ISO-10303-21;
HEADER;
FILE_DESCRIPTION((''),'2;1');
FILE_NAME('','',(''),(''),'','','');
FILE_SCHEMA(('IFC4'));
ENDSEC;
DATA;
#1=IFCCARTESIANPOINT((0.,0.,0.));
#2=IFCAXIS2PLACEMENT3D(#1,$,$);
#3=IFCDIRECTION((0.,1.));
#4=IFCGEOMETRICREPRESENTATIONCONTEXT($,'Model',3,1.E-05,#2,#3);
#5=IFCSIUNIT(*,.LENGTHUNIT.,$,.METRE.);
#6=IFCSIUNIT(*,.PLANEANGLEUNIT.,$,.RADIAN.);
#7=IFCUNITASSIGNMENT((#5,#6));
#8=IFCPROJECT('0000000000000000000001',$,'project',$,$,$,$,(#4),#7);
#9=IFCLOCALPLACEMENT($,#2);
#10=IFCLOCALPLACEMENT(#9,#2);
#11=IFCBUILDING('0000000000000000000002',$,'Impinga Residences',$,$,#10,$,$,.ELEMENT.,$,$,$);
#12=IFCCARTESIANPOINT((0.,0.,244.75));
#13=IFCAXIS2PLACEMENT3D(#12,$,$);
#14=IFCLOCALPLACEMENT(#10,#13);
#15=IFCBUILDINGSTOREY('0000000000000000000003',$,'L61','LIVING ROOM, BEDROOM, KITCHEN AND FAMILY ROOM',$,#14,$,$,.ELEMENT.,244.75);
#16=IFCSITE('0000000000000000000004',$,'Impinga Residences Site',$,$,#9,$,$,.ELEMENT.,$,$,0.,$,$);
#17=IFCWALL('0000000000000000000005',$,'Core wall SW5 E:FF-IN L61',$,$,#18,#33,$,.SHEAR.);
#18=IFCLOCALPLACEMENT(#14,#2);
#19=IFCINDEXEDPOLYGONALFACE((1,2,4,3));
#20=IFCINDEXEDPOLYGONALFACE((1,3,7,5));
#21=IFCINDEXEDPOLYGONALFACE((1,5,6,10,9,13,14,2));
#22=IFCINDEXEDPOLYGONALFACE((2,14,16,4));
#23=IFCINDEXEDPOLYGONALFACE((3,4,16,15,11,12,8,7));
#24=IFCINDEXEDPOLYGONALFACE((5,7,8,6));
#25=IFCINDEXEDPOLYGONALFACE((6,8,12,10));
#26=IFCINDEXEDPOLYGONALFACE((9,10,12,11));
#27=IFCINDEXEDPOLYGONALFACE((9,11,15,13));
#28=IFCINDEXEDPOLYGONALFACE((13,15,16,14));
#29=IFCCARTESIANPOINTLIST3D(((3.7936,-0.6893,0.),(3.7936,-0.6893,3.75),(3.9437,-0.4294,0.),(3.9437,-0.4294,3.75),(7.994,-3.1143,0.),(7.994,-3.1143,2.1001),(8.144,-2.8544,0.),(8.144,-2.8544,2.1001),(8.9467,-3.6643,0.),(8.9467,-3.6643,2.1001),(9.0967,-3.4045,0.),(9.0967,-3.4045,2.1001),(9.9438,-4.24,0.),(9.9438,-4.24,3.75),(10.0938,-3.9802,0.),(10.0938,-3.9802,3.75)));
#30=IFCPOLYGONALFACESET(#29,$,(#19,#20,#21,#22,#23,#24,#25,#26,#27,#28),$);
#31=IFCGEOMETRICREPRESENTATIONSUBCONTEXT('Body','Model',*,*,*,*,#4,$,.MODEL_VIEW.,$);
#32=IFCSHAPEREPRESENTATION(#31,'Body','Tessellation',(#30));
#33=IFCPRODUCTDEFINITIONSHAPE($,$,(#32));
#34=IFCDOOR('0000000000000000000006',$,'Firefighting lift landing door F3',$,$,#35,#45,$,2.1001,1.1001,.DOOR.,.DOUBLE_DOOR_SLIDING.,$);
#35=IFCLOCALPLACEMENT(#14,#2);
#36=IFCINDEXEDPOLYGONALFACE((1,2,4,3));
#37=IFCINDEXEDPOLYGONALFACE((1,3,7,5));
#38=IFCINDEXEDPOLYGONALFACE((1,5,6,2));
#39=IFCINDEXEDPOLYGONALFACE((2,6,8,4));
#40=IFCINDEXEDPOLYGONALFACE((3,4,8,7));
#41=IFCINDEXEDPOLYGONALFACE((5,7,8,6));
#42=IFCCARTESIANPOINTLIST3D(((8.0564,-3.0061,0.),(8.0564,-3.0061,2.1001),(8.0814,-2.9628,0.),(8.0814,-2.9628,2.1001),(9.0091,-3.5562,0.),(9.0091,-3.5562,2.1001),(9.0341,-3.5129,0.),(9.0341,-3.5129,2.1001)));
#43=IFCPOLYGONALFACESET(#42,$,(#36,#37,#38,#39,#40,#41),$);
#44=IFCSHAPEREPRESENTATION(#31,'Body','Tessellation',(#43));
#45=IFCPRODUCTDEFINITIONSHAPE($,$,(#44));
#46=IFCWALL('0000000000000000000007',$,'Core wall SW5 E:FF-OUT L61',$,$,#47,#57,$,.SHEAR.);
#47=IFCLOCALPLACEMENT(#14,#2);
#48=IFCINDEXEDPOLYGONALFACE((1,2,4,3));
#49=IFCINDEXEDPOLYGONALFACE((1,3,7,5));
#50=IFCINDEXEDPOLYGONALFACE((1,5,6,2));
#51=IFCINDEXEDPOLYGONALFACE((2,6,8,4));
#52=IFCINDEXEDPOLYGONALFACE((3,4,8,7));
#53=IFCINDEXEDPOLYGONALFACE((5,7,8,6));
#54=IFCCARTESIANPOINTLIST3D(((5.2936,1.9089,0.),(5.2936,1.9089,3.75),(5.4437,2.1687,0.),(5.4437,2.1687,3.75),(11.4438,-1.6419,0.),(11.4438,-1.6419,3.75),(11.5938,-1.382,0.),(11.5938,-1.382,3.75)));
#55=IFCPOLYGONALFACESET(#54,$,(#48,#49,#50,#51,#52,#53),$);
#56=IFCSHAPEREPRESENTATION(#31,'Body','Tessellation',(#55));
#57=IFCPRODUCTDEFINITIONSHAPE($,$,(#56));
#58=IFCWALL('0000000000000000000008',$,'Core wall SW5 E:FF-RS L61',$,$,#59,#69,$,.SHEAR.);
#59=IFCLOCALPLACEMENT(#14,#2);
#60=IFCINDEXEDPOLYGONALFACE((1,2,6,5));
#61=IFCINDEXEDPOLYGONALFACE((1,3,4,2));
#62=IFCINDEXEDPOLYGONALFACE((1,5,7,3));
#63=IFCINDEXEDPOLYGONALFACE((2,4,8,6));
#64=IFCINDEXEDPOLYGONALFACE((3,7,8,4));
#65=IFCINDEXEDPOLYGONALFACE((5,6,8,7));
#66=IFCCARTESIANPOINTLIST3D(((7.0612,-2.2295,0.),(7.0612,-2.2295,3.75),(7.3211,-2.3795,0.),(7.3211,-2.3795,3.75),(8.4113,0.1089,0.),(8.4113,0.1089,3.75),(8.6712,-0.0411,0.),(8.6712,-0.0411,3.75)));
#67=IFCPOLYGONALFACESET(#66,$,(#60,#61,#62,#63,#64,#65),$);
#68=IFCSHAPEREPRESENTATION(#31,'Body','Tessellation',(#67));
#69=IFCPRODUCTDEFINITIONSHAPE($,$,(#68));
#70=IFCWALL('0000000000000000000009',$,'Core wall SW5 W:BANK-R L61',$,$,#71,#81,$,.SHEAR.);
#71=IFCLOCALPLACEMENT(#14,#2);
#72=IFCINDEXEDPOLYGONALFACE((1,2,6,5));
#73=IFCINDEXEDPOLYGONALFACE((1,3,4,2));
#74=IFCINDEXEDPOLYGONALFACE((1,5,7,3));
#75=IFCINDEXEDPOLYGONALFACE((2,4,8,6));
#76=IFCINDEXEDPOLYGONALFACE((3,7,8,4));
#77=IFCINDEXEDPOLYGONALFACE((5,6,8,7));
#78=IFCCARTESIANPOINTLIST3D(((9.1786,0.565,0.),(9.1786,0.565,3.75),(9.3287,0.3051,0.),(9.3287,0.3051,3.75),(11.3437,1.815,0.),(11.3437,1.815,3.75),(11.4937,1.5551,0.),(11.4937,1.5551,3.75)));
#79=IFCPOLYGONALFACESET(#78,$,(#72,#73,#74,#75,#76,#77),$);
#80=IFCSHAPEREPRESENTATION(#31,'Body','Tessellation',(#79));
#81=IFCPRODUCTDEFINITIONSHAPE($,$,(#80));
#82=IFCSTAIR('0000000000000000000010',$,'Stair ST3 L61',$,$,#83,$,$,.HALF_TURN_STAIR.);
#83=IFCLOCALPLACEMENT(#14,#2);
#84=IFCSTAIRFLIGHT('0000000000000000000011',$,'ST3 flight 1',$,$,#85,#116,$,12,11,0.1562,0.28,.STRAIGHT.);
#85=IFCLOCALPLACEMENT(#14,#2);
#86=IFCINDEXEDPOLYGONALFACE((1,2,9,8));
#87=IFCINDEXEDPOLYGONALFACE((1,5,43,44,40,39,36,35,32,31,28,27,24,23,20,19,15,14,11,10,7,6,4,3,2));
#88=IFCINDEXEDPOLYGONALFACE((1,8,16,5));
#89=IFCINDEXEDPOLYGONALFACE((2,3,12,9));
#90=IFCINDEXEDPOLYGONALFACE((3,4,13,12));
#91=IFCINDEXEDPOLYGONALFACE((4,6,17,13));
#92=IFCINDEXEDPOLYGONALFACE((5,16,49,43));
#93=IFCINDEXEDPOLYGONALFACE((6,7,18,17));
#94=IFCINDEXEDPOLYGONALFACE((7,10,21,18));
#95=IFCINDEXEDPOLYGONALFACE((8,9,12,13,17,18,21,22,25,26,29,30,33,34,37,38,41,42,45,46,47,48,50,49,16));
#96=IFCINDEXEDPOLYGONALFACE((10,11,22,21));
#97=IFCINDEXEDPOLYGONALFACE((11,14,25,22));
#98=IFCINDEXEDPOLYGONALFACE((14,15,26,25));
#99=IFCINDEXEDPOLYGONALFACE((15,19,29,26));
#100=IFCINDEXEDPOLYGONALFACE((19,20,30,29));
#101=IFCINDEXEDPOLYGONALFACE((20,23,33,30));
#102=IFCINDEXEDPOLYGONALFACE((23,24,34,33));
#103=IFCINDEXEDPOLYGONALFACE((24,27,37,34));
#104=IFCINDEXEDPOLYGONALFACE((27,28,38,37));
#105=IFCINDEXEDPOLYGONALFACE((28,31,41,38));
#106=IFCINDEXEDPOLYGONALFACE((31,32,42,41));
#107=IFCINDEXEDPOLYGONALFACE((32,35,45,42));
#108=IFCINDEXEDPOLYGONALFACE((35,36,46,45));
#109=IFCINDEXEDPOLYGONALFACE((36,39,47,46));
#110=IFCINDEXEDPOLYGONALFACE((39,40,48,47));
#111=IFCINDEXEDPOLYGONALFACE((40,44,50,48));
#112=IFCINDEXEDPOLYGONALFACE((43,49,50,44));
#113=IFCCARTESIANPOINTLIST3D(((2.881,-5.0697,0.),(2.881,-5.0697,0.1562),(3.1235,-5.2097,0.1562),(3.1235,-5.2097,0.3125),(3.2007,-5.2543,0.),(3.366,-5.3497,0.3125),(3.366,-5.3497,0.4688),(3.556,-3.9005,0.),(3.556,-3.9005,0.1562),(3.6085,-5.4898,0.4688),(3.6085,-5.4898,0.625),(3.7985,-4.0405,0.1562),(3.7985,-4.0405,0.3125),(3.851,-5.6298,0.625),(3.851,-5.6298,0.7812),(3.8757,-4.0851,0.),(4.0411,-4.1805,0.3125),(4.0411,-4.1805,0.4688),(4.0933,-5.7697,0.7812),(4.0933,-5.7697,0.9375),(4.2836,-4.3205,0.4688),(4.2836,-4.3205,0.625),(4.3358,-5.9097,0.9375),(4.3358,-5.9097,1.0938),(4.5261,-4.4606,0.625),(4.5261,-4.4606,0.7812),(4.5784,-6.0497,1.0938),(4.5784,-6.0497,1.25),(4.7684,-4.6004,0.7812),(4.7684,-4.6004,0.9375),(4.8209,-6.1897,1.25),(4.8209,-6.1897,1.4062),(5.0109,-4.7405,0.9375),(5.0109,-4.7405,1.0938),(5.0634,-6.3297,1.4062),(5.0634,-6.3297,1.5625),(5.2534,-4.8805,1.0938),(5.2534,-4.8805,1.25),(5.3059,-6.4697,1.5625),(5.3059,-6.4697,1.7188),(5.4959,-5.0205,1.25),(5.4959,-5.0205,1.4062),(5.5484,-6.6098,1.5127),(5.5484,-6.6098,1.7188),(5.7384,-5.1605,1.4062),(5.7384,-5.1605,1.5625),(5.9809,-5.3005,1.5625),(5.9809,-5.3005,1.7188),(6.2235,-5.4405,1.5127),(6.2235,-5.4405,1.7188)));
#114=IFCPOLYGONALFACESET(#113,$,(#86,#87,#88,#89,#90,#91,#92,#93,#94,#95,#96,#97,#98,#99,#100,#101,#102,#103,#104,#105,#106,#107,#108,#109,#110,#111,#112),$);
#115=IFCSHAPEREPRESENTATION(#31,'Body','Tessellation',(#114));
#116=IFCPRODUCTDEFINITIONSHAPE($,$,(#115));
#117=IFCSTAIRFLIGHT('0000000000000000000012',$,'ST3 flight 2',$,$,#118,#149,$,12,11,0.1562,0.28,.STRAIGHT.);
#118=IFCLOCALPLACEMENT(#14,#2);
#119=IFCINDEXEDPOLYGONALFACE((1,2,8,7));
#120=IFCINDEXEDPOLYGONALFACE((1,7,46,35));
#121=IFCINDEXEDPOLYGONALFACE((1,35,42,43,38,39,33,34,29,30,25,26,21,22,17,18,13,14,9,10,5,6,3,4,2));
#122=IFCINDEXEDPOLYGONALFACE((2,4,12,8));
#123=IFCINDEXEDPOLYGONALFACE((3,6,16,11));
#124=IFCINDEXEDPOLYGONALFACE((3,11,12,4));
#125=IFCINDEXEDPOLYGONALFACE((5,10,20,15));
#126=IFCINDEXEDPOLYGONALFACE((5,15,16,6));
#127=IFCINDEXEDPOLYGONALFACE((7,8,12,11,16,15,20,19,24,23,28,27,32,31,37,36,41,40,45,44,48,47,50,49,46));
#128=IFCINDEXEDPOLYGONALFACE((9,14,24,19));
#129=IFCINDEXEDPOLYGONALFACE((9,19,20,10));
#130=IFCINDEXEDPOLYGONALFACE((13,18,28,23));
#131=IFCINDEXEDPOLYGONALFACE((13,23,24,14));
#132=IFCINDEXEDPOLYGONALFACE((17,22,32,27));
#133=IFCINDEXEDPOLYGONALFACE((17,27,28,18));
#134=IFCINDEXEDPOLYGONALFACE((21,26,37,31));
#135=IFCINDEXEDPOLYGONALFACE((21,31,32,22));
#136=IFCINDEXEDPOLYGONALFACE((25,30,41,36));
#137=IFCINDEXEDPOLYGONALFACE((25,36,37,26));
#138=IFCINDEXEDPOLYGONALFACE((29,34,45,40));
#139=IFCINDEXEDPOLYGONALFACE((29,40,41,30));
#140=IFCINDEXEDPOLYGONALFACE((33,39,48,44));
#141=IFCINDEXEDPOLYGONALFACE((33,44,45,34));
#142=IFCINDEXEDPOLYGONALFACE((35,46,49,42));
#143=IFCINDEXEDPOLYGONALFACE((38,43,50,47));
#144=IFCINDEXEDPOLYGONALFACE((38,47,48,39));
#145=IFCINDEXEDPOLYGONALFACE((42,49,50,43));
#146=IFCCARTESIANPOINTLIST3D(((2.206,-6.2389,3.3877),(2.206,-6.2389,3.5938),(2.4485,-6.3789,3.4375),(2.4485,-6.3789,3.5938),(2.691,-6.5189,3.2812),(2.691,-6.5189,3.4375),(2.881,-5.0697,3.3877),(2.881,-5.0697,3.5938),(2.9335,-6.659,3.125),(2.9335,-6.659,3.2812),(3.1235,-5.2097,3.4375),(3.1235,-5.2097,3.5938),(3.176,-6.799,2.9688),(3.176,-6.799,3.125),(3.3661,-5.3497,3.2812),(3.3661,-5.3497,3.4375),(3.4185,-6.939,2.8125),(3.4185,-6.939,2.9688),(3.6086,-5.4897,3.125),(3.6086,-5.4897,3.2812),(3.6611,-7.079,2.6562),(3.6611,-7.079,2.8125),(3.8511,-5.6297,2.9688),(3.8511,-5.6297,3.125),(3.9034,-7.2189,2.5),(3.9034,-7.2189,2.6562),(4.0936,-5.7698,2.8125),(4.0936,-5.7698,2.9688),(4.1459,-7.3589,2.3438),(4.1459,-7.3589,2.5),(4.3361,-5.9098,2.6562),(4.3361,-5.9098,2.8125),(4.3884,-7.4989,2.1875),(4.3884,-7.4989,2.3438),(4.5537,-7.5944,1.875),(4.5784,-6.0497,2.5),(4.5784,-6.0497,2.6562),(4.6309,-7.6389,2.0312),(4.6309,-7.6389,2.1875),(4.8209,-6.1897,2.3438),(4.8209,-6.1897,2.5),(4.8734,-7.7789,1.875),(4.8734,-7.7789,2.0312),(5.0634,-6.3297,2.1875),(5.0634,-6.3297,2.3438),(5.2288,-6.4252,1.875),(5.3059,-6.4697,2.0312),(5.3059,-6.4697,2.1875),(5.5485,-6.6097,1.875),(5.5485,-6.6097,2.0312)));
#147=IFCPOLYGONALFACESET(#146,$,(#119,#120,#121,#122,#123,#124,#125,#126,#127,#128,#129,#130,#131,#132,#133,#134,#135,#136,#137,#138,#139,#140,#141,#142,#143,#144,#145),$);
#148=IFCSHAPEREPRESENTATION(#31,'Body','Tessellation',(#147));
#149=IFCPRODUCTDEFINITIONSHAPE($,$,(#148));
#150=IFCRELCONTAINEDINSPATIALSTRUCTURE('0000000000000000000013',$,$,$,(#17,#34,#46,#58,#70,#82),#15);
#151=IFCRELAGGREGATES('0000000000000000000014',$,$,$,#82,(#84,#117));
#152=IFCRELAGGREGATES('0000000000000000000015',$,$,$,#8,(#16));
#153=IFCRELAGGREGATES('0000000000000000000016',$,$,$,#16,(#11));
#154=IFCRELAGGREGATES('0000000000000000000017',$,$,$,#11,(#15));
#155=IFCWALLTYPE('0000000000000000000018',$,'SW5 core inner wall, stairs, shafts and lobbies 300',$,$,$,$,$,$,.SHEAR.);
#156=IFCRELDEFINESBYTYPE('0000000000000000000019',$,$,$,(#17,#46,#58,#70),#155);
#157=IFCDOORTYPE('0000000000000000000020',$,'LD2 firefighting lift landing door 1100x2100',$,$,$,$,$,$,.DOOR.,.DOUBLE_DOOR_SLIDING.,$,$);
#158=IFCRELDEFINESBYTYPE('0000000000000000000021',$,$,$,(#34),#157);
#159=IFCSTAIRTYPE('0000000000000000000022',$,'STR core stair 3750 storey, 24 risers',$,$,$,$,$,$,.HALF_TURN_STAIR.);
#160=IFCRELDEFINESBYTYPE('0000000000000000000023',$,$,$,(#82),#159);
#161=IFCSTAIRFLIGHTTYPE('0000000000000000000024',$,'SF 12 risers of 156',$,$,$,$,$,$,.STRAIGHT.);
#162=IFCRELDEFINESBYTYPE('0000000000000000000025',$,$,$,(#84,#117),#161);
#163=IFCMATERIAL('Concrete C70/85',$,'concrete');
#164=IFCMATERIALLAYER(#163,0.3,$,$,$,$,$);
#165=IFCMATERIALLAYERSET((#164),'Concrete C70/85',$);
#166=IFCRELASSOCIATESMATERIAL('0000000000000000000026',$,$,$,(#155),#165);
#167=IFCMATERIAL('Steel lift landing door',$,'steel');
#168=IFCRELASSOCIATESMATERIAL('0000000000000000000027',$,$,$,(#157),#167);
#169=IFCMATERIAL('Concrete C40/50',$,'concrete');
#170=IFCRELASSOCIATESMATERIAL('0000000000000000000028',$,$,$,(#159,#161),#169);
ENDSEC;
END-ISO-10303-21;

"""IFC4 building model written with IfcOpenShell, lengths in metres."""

from ifc_helpers import new_model, si_unit, direction, frame, frame_2d, origin, place, context, subcontext, project, spatial, polyline, rectangle, outline, extrude, material, layer, layer_set, type_object, element, fill, aggregate, save


model = new_model("IFC4")

# Units and contexts
model_context = context("Model", 3, precision=1e-05, world=origin(), true_north=direction((0.0, 1.0)))
body_context = subcontext(model_context, "Body", "Model", "MODEL_VIEW")
ifc_project = project(units=[si_unit("LENGTHUNIT", "METRE"), si_unit("PLANEANGLEUNIT", "RADIAN")], contexts=[model_context])

# Site, building, storey
site_placement = place(None, origin())
site = spatial("IfcSite", under=ifc_project, at=site_placement, Name="Impinga Residences Site", CompositionType="ELEMENT", RefElevation=0.0)
building_placement = place(site_placement, origin())
building = spatial("IfcBuilding", under=site, at=building_placement, Name="Impinga Residences", CompositionType="ELEMENT")
storey_placement = place(building_placement, frame((0.0, 0.0, 244.75)))
storey = spatial("IfcBuildingStorey", under=building, at=storey_placement, Name="L61", Description="LIVING ROOM, BEDROOM, KITCHEN AND FAMILY ROOM", CompositionType="ELEMENT", Elevation=244.75)

# Shared definitions
ifc_material_1 = material(Name="Concrete C70/85", Category="concrete")
ifc_layer_1 = layer(ifc_material_1, 0.3)
ifc_layer_set_1 = layer_set([ifc_layer_1], Name="Concrete C70/85")
wall_type_1 = type_object("IfcWallType", Name="SW5 core inner wall, stairs, shafts and lobbies 300", PredefinedType="SHEAR", material=ifc_layer_set_1)

# Wall, opening, door
wall_1_placement = place(storey_placement, frame((3.8687, -0.5593, 0.0), z_axis=(0.0, 0.0, 1.0), x_axis=(0.866026, -0.499999, 0.0)))
wall_1 = element("IfcWall", 1, at=wall_1_placement, inside=storey, type_object=wall_type_1, Name="Core wall SW5 E:FF-IN L61", PredefinedType="SHEAR", context=body_context, shape_type="SweptSolid", body=[
    extrude(rectangle(XDim=7.1016, YDim=0.3, at=frame_2d((3.5508, 0.0))), origin(), (0.0, 0.0, 1.0), 3.75),
])
opening_1_placement = place(wall_1_placement, frame((4.8501, 0.0, 0.0)))
opening_1 = element("IfcOpeningElement", 2, at=opening_1_placement, cuts=wall_1, PredefinedType="OPENING", context=body_context, shape_type="SweptSolid", body=[
    extrude(rectangle(XDim=1.1001, YDim=2.1001, at=frame_2d((0.55, 1.05))), frame((0.0, 0.1599, 0.0), z_axis=(0.0, -1.0, 0.0), x_axis=(1.0, 0.0, 0.0)), (0.0, 0.0, 1.0), 0.3201),
])
ifc_material_2 = material(Name="Steel lift landing door", Category="steel")
door_type_1 = type_object("IfcDoorType", Name="LD2 firefighting lift landing door 1100x2100", OperationType="DOUBLE_DOOR_SLIDING", PredefinedType="DOOR", material=ifc_material_2)
door_1_placement = place(opening_1_placement, origin())
door_1 = element("IfcDoor", 3, at=door_1_placement, inside=storey, type_object=door_type_1, Name="Firefighting lift landing door F3", OperationType="DOUBLE_DOOR_SLIDING", OverallHeight=2.1001, OverallWidth=1.1001, PredefinedType="DOOR", context=body_context, shape_type="SweptSolid", body=[
    extrude(rectangle(XDim=1.1001, YDim=2.1001, at=frame_2d((0.55, 1.05))), frame((0.0, 0.0249, 0.0), z_axis=(0.0, -1.0, 0.0), x_axis=(1.0, 0.0, 0.0)), (0.0, 0.0, 1.0), 0.05),
])
fill(opening_1, door_1)

# Walls
wall_2_placement = place(storey_placement, frame((5.3687, 2.0388, 0.0), z_axis=(0.0, 0.0, 1.0), x_axis=(0.866026, -0.499999, 0.0)))
element("IfcWall", 4, at=wall_2_placement, inside=storey, type_object=wall_type_1, Name="Core wall SW5 E:FF-OUT L61", PredefinedType="SHEAR", context=body_context, shape_type="SweptSolid", body=[
    extrude(rectangle(XDim=7.1016, YDim=0.3, at=frame_2d((3.5508, 0.0))), origin(), (0.0, 0.0, 1.0), 3.75),
])
wall_3_placement = place(storey_placement, frame((8.5413, 0.0339, 0.0), z_axis=(0.0, 0.0, 1.0), x_axis=(-0.500009, -0.86602, 0.0)))
element("IfcWall", 5, at=wall_3_placement, inside=storey, type_object=wall_type_1, Name="Core wall SW5 E:FF-RS L61", PredefinedType="SHEAR", context=body_context, shape_type="SweptSolid", body=[
    extrude(rectangle(XDim=2.7002, YDim=0.3, at=frame_2d((1.3501, 0.0))), origin(), (0.0, 0.0, 1.0), 3.75),
])
wall_4_placement = place(storey_placement, frame((9.2537, 0.4351, 0.0), z_axis=(0.0, 0.0, 1.0), x_axis=(0.866023, 0.500004, 0.0)))
element("IfcWall", 6, at=wall_4_placement, inside=storey, type_object=wall_type_1, Name="Core wall SW5 W:BANK-R L61", PredefinedType="SHEAR", context=body_context, shape_type="SweptSolid", body=[
    extrude(rectangle(XDim=2.5, YDim=0.3, at=frame_2d((1.25, 0.0))), origin(), (0.0, 0.0, 1.0), 3.75),
])

# Stair, stair flights
ifc_material_3 = material(Name="Concrete C40/50", Category="concrete")
stair_type = type_object("IfcStairType", Name="STR core stair 3750 storey, 24 risers", PredefinedType="HALF_TURN_STAIR", material=ifc_material_3)
stair_placement = place(storey_placement, origin())
stair = element("IfcStair", 7, at=stair_placement, inside=storey, type_object=stair_type, Name="Stair ST3 L61", PredefinedType="HALF_TURN_STAIR")
stair_flight_type = type_object("IfcStairFlightType", Name="SF 12 risers of 156", PredefinedType="STRAIGHT", material=ifc_material_3)
stair_flight_1_placement = place(storey_placement, frame((3.2185, -4.4851, 0.0), z_axis=(0.0, 0.0, 1.0), x_axis=(0.866025, -0.5, 0.0)))
stair_flight_1 = element("IfcStairFlight", 8, at=stair_flight_1_placement, type_object=stair_flight_type, Name="ST3 flight 1", NumberOfRisers=12, NumberOfTreads=11, PredefinedType="STRAIGHT", RiserHeight=0.1562, TreadLength=0.28, context=body_context, shape_type="SweptSolid", body=[
    extrude(outline(polyline([(0.0, 0.0), (0.0, 0.1562), (0.28, 0.1562), (0.28, 0.3125), (0.5601, 0.3125), (0.5601, 0.4688), (0.8401, 0.4688), (0.8401, 0.625), (1.1201, 0.625), (1.1201, 0.7812), (1.3999, 0.7812), (1.3999, 0.9375), (1.6799, 0.9375), (1.6799, 1.0938), (1.96, 1.0938), (1.96, 1.25), (2.24, 1.25), (2.24, 1.4062), (2.52, 1.4062), (2.52, 1.5625), (2.8, 1.5625), (2.8, 1.7188), (3.0801, 1.7188), (3.0801, 1.875), (3.0801, 1.5127), (0.3691, 0.0), (0.0, 0.0)])), frame((0.0, 0.675, 0.0), z_axis=(0.0, -1.0, 0.0), x_axis=(1.0, 0.0, 0.0)), (0.0, 0.0, 1.0), 1.3501),
])
stair_flight_2_placement = place(storey_placement, frame((5.2109, -7.1943, 1.875), z_axis=(0.0, 0.0, 1.0), x_axis=(-0.866025, 0.5, 0.0)))
stair_flight_2 = element("IfcStairFlight", 9, at=stair_flight_2_placement, type_object=stair_flight_type, Name="ST3 flight 2", NumberOfRisers=12, NumberOfTreads=11, PredefinedType="STRAIGHT", RiserHeight=0.1562, TreadLength=0.28, context=body_context, shape_type="SweptSolid", body=[
    extrude(outline(polyline([(0.0, 0.0), (0.0, 0.1562), (0.28, 0.1562), (0.28, 0.3125), (0.5601, 0.3125), (0.5601, 0.4688), (0.8401, 0.4688), (0.8401, 0.625), (1.1201, 0.625), (1.1201, 0.7812), (1.3999, 0.7812), (1.3999, 0.9375), (1.6799, 0.9375), (1.6799, 1.0938), (1.96, 1.0938), (1.96, 1.25), (2.24, 1.25), (2.24, 1.4062), (2.52, 1.4062), (2.52, 1.5625), (2.8, 1.5625), (2.8, 1.7188), (3.0801, 1.7188), (3.0801, 1.875), (3.0801, 1.5127), (0.3691, 0.0), (0.0, 0.0)])), frame((0.0, 0.675, 0.0), z_axis=(0.0, -1.0, 0.0), x_axis=(1.0, 0.0, 0.0)), (0.0, 0.0, 1.0), 1.3501),
])
aggregate(stair, [stair_flight_1, stair_flight_2])

save(model, "model.ifc")
